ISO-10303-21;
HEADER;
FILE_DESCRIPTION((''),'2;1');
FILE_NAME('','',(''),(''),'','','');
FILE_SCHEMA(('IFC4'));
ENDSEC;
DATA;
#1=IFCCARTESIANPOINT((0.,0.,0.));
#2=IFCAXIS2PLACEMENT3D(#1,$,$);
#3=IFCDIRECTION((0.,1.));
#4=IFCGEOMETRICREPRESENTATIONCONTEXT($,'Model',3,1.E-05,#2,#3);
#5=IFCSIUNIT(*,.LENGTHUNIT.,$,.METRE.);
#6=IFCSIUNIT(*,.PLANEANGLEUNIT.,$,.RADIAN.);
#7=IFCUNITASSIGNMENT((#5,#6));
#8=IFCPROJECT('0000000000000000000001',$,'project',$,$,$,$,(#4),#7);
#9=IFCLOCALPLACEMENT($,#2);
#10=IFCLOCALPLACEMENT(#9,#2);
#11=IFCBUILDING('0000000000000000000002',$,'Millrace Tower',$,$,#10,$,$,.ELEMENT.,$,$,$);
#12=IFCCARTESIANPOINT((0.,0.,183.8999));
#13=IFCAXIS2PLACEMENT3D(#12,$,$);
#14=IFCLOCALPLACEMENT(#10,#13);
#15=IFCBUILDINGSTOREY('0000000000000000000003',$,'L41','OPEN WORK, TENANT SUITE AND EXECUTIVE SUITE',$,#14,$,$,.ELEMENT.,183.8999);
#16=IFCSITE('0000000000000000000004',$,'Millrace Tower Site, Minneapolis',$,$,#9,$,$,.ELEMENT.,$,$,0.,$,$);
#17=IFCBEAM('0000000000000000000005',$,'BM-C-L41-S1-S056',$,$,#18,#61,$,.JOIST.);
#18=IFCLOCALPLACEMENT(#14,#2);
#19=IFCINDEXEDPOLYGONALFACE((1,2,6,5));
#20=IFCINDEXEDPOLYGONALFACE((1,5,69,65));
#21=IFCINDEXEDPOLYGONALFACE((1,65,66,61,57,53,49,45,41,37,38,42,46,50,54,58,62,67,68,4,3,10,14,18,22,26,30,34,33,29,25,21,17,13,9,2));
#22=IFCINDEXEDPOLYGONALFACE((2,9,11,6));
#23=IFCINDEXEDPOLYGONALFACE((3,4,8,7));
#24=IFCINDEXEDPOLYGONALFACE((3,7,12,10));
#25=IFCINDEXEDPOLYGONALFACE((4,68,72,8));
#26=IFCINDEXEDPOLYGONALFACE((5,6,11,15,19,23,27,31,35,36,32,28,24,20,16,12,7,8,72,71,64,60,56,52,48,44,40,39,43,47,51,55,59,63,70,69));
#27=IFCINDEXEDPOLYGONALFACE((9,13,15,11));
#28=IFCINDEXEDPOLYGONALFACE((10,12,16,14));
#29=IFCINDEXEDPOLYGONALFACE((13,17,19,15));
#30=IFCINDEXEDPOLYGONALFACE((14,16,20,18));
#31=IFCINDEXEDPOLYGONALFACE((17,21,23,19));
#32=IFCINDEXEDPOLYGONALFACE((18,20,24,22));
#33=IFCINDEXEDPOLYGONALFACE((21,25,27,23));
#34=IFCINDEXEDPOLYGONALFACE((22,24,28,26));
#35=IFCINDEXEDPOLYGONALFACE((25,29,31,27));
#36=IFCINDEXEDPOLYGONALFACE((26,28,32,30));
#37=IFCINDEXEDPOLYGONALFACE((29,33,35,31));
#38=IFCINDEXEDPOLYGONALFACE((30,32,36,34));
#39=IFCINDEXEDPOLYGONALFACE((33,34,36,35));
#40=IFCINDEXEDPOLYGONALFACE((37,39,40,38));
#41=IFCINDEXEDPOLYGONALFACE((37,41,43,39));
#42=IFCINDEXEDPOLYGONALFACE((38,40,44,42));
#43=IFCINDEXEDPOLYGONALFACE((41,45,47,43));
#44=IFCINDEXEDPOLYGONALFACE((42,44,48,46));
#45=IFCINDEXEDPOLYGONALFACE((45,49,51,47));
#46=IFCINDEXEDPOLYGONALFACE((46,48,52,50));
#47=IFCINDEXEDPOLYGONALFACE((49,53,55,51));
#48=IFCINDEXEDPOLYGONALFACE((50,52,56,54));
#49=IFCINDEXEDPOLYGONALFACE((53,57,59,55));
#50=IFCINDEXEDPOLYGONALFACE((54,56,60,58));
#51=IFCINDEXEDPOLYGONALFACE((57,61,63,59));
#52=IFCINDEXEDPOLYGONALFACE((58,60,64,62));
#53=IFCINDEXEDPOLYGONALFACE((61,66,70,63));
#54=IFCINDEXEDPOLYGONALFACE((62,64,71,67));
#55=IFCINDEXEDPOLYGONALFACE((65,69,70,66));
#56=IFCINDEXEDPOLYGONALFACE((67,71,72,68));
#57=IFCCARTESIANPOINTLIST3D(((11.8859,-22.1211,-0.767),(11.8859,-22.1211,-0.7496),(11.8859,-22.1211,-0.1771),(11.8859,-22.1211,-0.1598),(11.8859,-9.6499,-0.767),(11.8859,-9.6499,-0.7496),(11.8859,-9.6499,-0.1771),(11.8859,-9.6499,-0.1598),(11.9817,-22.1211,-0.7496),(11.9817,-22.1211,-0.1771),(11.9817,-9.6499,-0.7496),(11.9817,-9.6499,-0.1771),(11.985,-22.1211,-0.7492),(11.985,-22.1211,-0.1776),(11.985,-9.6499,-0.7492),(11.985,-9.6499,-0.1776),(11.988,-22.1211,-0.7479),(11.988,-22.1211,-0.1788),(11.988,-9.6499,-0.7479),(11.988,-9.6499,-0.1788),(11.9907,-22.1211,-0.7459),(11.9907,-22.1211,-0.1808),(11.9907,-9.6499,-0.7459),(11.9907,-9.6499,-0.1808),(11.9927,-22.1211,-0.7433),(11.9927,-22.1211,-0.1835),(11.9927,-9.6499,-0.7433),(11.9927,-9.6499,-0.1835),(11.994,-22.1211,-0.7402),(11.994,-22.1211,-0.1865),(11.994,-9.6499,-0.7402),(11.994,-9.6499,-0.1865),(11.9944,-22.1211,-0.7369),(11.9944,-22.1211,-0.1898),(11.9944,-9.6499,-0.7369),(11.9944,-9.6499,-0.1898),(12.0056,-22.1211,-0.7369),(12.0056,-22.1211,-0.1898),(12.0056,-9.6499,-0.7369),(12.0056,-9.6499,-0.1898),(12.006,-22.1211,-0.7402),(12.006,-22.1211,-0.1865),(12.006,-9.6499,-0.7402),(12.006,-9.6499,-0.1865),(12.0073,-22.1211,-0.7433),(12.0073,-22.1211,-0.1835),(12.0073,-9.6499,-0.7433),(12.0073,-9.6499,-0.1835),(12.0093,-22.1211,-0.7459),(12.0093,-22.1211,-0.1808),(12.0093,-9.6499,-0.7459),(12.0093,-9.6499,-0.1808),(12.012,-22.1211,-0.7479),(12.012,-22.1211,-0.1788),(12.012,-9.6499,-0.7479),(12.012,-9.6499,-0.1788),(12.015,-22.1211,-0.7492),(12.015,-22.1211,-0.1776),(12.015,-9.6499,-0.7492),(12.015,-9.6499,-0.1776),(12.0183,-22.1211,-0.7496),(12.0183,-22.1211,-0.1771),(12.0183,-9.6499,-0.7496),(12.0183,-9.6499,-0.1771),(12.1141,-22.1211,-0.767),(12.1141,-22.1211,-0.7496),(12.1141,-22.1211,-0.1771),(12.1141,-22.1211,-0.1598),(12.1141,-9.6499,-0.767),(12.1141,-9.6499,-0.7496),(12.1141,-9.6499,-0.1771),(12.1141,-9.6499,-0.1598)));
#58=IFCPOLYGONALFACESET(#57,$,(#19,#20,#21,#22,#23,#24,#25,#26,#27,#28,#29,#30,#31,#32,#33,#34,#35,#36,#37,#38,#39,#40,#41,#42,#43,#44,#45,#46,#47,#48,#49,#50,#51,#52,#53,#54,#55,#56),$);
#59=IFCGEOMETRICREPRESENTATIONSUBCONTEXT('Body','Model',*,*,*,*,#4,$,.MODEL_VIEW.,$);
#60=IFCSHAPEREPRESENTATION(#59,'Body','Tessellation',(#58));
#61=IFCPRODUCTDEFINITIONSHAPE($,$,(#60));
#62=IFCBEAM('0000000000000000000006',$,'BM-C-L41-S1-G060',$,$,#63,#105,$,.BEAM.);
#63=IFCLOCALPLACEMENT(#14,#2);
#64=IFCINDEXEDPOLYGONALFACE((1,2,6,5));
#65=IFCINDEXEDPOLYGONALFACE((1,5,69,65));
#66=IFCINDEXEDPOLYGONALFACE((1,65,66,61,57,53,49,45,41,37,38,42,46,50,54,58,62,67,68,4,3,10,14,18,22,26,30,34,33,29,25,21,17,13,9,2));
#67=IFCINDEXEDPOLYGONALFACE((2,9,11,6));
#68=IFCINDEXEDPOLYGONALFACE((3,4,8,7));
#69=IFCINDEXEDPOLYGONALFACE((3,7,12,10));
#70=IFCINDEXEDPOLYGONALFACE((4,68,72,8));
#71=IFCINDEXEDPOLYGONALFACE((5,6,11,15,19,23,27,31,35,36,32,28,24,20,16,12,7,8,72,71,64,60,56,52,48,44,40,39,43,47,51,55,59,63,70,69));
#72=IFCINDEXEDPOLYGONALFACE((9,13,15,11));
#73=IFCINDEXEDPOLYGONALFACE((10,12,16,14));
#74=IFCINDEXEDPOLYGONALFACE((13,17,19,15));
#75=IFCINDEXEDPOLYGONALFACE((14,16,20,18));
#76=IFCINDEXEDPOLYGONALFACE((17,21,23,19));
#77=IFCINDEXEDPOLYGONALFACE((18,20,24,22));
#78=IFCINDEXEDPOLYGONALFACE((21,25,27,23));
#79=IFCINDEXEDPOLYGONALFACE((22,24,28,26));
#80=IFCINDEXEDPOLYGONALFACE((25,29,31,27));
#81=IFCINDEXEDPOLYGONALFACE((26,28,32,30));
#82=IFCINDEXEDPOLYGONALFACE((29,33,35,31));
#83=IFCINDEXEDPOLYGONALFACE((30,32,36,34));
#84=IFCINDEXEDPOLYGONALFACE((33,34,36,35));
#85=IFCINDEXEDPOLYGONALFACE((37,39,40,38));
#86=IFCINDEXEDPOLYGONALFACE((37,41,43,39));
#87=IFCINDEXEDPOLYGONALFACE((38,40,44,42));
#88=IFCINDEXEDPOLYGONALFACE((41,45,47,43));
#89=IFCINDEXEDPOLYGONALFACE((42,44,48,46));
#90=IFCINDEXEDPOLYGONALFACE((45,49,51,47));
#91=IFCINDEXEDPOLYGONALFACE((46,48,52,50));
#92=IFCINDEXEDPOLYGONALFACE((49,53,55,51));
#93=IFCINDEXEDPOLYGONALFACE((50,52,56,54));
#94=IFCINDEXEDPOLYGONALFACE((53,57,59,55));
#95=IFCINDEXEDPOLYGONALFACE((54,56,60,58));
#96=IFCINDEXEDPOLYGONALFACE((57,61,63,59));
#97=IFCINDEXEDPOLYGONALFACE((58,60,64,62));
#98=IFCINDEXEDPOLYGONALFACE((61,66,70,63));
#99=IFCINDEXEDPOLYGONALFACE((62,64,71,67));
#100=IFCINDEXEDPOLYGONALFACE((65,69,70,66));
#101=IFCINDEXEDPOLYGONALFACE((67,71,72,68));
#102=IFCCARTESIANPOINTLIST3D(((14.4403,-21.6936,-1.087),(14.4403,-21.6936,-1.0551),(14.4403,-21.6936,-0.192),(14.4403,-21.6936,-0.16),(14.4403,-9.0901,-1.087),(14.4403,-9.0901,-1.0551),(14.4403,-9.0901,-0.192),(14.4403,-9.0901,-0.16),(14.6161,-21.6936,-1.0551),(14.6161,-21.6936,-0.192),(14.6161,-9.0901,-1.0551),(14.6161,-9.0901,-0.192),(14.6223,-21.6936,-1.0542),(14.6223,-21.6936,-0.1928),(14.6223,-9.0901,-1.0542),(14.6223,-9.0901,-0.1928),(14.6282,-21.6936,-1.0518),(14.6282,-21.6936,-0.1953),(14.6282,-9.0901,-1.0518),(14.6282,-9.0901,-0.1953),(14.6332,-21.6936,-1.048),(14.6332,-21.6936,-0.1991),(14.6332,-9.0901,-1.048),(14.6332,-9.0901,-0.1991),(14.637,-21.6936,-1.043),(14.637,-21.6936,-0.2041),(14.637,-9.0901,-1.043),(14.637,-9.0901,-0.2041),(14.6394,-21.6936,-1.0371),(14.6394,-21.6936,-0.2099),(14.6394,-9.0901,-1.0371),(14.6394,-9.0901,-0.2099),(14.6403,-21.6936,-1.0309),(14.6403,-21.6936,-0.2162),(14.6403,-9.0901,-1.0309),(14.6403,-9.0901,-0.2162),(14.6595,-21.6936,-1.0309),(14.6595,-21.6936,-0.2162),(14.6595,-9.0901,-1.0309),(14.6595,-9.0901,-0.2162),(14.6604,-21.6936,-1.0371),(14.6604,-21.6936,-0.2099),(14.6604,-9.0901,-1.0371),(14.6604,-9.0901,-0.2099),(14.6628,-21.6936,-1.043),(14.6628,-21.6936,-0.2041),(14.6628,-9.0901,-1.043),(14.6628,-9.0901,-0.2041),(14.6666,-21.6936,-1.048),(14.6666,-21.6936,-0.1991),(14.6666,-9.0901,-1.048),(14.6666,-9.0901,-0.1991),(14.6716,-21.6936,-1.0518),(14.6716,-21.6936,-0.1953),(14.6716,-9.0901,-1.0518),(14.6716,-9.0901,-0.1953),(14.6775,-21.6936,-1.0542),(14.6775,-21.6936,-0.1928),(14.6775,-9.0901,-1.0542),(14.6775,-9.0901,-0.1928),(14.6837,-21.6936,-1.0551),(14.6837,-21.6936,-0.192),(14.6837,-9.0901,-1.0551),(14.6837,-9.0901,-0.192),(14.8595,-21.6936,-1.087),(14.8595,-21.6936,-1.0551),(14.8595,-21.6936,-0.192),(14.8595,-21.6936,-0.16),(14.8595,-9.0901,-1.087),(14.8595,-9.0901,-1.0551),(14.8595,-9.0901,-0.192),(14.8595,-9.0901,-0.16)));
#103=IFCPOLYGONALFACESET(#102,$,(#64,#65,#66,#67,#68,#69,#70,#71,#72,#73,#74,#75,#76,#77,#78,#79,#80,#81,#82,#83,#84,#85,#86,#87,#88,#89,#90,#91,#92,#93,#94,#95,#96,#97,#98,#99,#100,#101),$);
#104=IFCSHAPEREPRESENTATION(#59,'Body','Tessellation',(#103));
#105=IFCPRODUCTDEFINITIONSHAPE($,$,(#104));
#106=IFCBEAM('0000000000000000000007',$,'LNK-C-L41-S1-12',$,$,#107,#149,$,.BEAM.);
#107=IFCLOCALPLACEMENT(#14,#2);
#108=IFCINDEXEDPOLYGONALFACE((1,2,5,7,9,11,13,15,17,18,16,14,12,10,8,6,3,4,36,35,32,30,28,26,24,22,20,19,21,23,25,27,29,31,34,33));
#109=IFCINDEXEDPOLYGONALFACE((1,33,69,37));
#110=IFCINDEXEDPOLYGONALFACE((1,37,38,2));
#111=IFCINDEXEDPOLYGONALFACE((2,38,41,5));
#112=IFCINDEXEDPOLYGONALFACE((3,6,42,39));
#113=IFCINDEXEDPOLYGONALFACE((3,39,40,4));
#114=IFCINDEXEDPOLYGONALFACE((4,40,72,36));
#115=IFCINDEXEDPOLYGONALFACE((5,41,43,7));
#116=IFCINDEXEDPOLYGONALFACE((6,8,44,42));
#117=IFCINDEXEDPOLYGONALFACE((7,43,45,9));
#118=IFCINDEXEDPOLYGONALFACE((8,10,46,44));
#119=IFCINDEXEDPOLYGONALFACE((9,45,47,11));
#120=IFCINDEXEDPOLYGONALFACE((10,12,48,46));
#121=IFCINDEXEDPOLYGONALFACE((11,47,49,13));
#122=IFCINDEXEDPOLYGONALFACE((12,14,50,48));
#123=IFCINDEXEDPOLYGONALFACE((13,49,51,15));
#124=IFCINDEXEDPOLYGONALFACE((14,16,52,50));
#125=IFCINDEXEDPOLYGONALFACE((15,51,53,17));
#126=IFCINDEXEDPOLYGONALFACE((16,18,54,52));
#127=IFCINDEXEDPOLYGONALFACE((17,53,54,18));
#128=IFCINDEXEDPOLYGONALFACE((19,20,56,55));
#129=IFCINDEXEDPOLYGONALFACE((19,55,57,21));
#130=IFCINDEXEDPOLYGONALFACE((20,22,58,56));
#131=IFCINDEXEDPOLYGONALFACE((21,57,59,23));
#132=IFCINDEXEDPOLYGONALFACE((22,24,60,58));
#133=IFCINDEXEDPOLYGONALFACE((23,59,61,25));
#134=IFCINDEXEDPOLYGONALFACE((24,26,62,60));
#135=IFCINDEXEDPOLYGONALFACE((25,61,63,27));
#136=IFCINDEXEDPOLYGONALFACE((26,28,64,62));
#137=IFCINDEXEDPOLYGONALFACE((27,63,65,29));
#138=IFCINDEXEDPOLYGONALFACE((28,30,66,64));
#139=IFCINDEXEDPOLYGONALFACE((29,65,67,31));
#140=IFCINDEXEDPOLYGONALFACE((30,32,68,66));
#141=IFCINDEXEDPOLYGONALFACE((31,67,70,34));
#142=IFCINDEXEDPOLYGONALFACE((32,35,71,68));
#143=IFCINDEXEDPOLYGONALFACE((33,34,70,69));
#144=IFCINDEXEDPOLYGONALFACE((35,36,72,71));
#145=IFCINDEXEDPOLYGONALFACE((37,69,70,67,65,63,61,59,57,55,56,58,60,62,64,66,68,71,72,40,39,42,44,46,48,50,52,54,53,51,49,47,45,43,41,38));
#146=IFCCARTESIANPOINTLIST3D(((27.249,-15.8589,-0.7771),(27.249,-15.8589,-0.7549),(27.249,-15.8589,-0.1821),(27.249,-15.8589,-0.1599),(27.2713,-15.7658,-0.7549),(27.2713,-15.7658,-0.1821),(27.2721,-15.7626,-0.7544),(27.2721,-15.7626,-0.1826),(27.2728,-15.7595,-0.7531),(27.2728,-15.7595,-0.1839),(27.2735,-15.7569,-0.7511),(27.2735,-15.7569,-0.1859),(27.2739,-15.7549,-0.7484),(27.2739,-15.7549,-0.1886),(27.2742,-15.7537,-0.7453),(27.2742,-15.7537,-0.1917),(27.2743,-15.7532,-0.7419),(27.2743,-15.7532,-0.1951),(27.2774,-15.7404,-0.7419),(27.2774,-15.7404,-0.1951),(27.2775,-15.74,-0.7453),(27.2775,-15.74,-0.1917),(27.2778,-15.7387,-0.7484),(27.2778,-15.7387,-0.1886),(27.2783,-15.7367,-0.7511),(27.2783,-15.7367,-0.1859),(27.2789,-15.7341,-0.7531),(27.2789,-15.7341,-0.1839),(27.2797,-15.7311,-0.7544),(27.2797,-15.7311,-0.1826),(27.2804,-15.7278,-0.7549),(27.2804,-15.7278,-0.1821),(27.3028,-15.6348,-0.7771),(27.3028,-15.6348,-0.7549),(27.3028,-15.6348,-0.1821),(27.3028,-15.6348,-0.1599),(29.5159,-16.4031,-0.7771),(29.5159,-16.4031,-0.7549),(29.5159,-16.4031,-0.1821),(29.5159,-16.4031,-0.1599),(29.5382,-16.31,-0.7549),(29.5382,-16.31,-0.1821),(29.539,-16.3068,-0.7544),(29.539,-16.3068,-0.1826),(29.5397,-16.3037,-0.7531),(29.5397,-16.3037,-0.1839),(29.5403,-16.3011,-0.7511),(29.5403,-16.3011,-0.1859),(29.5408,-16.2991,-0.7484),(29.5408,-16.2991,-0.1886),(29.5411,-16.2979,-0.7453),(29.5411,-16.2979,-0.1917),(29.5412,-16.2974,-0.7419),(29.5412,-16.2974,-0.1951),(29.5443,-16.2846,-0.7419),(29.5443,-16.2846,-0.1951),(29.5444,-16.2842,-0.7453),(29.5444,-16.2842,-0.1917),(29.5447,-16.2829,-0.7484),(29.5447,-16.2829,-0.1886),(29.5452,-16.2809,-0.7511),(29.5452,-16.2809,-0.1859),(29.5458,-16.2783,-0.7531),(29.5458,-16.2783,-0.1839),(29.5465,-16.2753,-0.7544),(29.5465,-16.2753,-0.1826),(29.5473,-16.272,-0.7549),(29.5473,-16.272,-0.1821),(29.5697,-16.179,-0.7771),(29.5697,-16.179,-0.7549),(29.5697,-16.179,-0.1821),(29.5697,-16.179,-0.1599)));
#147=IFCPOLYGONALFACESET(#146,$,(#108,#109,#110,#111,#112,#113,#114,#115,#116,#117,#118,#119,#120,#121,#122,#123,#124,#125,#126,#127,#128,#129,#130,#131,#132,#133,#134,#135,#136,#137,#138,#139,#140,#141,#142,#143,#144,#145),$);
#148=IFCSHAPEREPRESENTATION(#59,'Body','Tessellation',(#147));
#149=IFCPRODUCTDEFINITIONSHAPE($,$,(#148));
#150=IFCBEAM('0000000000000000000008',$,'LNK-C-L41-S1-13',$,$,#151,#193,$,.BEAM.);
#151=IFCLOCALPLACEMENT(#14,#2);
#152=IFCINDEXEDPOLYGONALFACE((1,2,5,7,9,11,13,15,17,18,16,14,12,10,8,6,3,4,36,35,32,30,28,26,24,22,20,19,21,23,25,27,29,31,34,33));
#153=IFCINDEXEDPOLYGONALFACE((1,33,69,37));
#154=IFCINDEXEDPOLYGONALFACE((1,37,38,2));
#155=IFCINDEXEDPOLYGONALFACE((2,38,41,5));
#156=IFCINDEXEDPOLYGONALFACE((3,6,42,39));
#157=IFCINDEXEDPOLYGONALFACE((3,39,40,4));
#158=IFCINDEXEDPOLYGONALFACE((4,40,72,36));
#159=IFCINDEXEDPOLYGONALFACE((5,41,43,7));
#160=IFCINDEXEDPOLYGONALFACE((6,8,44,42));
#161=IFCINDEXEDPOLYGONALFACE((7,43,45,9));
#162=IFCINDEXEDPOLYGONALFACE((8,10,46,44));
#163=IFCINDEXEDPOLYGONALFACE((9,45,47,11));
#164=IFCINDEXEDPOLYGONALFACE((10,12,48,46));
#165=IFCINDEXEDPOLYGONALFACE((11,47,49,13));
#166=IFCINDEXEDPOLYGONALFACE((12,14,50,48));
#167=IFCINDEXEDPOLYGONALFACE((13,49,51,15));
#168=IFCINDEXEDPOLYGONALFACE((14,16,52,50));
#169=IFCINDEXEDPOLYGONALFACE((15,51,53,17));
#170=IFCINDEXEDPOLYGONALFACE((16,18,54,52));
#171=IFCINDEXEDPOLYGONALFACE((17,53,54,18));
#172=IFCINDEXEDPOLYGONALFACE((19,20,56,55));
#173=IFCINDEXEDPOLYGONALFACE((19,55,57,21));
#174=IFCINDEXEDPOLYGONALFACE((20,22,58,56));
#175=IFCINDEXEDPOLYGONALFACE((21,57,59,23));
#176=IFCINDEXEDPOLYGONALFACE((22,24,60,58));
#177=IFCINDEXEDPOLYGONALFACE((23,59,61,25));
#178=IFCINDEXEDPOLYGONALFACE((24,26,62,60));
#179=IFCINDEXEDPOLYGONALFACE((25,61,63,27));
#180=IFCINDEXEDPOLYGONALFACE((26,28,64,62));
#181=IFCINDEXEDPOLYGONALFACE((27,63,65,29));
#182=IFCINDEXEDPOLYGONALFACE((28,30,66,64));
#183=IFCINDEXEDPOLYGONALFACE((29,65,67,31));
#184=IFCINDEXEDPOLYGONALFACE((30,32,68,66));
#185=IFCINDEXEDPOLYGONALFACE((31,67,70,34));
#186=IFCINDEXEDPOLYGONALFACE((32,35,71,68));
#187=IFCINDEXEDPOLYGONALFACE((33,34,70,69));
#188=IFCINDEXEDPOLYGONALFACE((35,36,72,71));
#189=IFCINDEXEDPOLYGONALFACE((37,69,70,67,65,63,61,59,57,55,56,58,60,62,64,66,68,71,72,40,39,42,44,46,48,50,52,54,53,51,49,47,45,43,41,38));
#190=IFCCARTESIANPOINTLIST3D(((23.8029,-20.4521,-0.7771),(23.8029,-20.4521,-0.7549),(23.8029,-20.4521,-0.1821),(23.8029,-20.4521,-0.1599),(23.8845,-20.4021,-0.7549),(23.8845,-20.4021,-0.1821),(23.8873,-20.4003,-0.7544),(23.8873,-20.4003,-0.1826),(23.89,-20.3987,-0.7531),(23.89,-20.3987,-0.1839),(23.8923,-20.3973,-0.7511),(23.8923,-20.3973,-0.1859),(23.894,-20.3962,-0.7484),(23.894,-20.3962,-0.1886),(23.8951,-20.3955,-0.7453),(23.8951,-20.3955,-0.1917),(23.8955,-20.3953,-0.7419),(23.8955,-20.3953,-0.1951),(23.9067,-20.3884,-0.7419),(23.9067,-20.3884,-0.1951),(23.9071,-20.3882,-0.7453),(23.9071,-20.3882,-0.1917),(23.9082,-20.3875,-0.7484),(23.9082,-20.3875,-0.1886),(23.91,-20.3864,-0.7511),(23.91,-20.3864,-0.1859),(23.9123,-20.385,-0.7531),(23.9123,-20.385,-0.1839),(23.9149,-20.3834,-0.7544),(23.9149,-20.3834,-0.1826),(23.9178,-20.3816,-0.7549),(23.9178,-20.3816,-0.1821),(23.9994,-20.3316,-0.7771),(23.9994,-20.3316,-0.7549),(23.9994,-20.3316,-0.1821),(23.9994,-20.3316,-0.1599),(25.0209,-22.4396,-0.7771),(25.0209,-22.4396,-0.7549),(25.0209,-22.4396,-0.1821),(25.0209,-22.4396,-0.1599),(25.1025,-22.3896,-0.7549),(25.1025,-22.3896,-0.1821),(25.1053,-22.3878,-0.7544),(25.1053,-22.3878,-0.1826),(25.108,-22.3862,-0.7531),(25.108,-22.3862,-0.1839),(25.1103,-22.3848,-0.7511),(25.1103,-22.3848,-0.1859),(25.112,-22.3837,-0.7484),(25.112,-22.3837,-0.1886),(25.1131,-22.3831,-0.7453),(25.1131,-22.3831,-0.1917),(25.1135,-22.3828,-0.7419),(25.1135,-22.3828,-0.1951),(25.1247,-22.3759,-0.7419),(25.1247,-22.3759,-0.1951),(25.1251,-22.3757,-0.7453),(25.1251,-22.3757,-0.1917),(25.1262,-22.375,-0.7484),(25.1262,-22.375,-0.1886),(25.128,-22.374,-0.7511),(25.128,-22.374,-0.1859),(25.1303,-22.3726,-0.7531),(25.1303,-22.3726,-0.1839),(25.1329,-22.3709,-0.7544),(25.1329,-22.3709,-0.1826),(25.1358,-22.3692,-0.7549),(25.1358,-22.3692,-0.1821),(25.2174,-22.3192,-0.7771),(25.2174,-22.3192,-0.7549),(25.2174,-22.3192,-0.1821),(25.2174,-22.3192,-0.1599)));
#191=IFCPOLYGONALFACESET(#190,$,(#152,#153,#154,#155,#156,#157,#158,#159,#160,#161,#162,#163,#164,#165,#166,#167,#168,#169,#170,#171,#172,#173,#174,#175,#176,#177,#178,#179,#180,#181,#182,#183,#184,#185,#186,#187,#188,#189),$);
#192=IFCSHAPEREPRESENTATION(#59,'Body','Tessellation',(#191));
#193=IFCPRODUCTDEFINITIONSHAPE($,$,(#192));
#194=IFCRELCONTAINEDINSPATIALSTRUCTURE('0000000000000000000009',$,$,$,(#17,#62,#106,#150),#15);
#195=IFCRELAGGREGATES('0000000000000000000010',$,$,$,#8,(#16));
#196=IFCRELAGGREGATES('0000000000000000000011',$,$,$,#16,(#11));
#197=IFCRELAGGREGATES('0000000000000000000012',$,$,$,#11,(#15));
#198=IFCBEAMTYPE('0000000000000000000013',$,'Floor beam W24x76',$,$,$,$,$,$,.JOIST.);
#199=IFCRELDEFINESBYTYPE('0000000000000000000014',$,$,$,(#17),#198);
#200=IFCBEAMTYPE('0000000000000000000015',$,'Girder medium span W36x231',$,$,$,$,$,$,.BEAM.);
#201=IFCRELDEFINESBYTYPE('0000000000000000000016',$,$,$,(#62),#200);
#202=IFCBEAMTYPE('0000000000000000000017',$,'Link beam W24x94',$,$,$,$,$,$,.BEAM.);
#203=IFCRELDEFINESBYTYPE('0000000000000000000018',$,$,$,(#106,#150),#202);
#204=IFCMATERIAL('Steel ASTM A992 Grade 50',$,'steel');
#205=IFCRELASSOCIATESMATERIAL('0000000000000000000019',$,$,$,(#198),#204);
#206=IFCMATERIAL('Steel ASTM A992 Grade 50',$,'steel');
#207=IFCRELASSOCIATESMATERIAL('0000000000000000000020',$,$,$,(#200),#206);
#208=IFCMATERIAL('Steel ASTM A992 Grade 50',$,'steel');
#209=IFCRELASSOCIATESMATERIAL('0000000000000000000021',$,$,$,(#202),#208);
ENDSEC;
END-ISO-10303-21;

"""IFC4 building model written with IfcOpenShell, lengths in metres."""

from ifc_helpers import new_model, si_unit, direction, frame, origin, origin_2d, place, context, subcontext, project, spatial, i_section, extrude, material, material_profile, profile_set, type_object, element, save


model = new_model("IFC4")

# Units and contexts
model_context = context("Model", 3, precision=1e-05, world=origin(), true_north=direction((0.0, 1.0)))
body_context = subcontext(model_context, "Body", "Model", "MODEL_VIEW")
ifc_project = project(units=[si_unit("LENGTHUNIT", "METRE"), si_unit("PLANEANGLEUNIT", "RADIAN")], contexts=[model_context])

# Site, building, storey
site_placement = place(None, origin())
site = spatial("IfcSite", under=ifc_project, at=site_placement, Name="Millrace Tower Site, Minneapolis", CompositionType="ELEMENT", RefElevation=0.0)
building_placement = place(site_placement, origin())
building = spatial("IfcBuilding", under=site, at=building_placement, Name="Millrace Tower", CompositionType="ELEMENT")
storey_placement = place(building_placement, frame((0.0, 0.0, 183.8999)))
storey = spatial("IfcBuildingStorey", under=building, at=storey_placement, Name="L41", Description="OPEN WORK, TENANT SUITE AND EXECUTIVE SUITE", CompositionType="ELEMENT", Elevation=183.8999)

# Beams
ifc_material_1 = material(Name="Steel ASTM A992 Grade 50", Category="steel")
ifc_material_profile_1 = material_profile(ifc_material_1, i_section(OverallWidth=0.2283, OverallDepth=0.6072, WebThickness=0.0112, FlangeThickness=0.0173, FilletRadius=0.0127, at=origin_2d()))
ifc_profile_set_1 = profile_set([ifc_material_profile_1], Name="Steel ASTM A992 Grade 50")
beam_type_1 = type_object("IfcBeamType", Name="Floor beam W24x76", PredefinedType="JOIST", material=ifc_profile_set_1)
beam_1_placement = place(storey_placement, frame((12.0, -22.1211, -0.4634), z_axis=(0.0, 1.0, 0.0), x_axis=(-1.0, 0.0, 0.0)))
element("IfcBeam", 1, at=beam_1_placement, inside=storey, type_object=beam_type_1, Name="BM-C-L41-S1-S056", PredefinedType="JOIST", context=body_context, shape_type="SweptSolid", body=[
    extrude(i_section(OverallWidth=0.2283, OverallDepth=0.6072, WebThickness=0.0112, FlangeThickness=0.0173, FilletRadius=0.0127, at=origin_2d()), origin(), (0.0, 0.0, 1.0), 12.4712),
])
ifc_material_2 = material(Name="Steel ASTM A992 Grade 50", Category="steel")
ifc_material_profile_2 = material_profile(ifc_material_2, i_section(OverallWidth=0.4192, OverallDepth=0.927, WebThickness=0.0193, FlangeThickness=0.032, FilletRadius=0.0242, at=origin_2d()))
ifc_profile_set_2 = profile_set([ifc_material_profile_2], Name="Steel ASTM A992 Grade 50")
beam_type_2 = type_object("IfcBeamType", Name="Girder medium span W36x231", PredefinedType="BEAM", material=ifc_profile_set_2)
beam_2_placement = place(storey_placement, frame((14.6499, -21.6936, -0.6235), z_axis=(0.0, 1.0, 0.0), x_axis=(-1.0, 0.0, 0.0)))
element("IfcBeam", 2, at=beam_2_placement, inside=storey, type_object=beam_type_2, Name="BM-C-L41-S1-G060", PredefinedType="BEAM", context=body_context, shape_type="SweptSolid", body=[
    extrude(i_section(OverallWidth=0.4192, OverallDepth=0.927, WebThickness=0.0193, FlangeThickness=0.032, FilletRadius=0.0242, at=origin_2d()), origin(), (0.0, 0.0, 1.0), 12.6035),
])
ifc_material_3 = material(Name="Steel ASTM A992 Grade 50", Category="steel")
ifc_material_profile_3 = material_profile(ifc_material_3, i_section(OverallWidth=0.2305, OverallDepth=0.6172, WebThickness=0.0132, FlangeThickness=0.0222, FilletRadius=0.0129, at=origin_2d()))
ifc_profile_set_3 = profile_set([ifc_material_profile_3], Name="Steel ASTM A992 Grade 50")
beam_type_3 = type_object("IfcBeamType", Name="Link beam W24x94", PredefinedType="BEAM", material=ifc_profile_set_3)
beam_3_placement = place(storey_placement, frame((27.2759, -15.7468, -0.4685), z_axis=(0.972373, -0.233432, 0.0), x_axis=(0.233432, 0.972373, 0.0)))
element("IfcBeam", 3, at=beam_3_placement, inside=storey, type_object=beam_type_3, Name="LNK-C-L41-S1-12", PredefinedType="BEAM", context=body_context, shape_type="SweptSolid", body=[
    extrude(i_section(OverallWidth=0.2305, OverallDepth=0.6172, WebThickness=0.0132, FlangeThickness=0.0222, FilletRadius=0.0129, at=origin_2d()), origin(), (0.0, 0.0, 1.0), 2.3313),
])
beam_4_placement = place(storey_placement, frame((23.9011, -20.3918, -0.4685), z_axis=(0.522513, -0.852631, 0.0), x_axis=(0.852631, 0.522513, 0.0)))
element("IfcBeam", 4, at=beam_4_placement, inside=storey, type_object=beam_type_3, Name="LNK-C-L41-S1-13", PredefinedType="BEAM", context=body_context, shape_type="SweptSolid", body=[
    extrude(i_section(OverallWidth=0.2305, OverallDepth=0.6172, WebThickness=0.0132, FlangeThickness=0.0222, FilletRadius=0.0129, at=origin_2d()), origin(), (0.0, 0.0, 1.0), 2.3311),
])

save(model, "model.ifc")
